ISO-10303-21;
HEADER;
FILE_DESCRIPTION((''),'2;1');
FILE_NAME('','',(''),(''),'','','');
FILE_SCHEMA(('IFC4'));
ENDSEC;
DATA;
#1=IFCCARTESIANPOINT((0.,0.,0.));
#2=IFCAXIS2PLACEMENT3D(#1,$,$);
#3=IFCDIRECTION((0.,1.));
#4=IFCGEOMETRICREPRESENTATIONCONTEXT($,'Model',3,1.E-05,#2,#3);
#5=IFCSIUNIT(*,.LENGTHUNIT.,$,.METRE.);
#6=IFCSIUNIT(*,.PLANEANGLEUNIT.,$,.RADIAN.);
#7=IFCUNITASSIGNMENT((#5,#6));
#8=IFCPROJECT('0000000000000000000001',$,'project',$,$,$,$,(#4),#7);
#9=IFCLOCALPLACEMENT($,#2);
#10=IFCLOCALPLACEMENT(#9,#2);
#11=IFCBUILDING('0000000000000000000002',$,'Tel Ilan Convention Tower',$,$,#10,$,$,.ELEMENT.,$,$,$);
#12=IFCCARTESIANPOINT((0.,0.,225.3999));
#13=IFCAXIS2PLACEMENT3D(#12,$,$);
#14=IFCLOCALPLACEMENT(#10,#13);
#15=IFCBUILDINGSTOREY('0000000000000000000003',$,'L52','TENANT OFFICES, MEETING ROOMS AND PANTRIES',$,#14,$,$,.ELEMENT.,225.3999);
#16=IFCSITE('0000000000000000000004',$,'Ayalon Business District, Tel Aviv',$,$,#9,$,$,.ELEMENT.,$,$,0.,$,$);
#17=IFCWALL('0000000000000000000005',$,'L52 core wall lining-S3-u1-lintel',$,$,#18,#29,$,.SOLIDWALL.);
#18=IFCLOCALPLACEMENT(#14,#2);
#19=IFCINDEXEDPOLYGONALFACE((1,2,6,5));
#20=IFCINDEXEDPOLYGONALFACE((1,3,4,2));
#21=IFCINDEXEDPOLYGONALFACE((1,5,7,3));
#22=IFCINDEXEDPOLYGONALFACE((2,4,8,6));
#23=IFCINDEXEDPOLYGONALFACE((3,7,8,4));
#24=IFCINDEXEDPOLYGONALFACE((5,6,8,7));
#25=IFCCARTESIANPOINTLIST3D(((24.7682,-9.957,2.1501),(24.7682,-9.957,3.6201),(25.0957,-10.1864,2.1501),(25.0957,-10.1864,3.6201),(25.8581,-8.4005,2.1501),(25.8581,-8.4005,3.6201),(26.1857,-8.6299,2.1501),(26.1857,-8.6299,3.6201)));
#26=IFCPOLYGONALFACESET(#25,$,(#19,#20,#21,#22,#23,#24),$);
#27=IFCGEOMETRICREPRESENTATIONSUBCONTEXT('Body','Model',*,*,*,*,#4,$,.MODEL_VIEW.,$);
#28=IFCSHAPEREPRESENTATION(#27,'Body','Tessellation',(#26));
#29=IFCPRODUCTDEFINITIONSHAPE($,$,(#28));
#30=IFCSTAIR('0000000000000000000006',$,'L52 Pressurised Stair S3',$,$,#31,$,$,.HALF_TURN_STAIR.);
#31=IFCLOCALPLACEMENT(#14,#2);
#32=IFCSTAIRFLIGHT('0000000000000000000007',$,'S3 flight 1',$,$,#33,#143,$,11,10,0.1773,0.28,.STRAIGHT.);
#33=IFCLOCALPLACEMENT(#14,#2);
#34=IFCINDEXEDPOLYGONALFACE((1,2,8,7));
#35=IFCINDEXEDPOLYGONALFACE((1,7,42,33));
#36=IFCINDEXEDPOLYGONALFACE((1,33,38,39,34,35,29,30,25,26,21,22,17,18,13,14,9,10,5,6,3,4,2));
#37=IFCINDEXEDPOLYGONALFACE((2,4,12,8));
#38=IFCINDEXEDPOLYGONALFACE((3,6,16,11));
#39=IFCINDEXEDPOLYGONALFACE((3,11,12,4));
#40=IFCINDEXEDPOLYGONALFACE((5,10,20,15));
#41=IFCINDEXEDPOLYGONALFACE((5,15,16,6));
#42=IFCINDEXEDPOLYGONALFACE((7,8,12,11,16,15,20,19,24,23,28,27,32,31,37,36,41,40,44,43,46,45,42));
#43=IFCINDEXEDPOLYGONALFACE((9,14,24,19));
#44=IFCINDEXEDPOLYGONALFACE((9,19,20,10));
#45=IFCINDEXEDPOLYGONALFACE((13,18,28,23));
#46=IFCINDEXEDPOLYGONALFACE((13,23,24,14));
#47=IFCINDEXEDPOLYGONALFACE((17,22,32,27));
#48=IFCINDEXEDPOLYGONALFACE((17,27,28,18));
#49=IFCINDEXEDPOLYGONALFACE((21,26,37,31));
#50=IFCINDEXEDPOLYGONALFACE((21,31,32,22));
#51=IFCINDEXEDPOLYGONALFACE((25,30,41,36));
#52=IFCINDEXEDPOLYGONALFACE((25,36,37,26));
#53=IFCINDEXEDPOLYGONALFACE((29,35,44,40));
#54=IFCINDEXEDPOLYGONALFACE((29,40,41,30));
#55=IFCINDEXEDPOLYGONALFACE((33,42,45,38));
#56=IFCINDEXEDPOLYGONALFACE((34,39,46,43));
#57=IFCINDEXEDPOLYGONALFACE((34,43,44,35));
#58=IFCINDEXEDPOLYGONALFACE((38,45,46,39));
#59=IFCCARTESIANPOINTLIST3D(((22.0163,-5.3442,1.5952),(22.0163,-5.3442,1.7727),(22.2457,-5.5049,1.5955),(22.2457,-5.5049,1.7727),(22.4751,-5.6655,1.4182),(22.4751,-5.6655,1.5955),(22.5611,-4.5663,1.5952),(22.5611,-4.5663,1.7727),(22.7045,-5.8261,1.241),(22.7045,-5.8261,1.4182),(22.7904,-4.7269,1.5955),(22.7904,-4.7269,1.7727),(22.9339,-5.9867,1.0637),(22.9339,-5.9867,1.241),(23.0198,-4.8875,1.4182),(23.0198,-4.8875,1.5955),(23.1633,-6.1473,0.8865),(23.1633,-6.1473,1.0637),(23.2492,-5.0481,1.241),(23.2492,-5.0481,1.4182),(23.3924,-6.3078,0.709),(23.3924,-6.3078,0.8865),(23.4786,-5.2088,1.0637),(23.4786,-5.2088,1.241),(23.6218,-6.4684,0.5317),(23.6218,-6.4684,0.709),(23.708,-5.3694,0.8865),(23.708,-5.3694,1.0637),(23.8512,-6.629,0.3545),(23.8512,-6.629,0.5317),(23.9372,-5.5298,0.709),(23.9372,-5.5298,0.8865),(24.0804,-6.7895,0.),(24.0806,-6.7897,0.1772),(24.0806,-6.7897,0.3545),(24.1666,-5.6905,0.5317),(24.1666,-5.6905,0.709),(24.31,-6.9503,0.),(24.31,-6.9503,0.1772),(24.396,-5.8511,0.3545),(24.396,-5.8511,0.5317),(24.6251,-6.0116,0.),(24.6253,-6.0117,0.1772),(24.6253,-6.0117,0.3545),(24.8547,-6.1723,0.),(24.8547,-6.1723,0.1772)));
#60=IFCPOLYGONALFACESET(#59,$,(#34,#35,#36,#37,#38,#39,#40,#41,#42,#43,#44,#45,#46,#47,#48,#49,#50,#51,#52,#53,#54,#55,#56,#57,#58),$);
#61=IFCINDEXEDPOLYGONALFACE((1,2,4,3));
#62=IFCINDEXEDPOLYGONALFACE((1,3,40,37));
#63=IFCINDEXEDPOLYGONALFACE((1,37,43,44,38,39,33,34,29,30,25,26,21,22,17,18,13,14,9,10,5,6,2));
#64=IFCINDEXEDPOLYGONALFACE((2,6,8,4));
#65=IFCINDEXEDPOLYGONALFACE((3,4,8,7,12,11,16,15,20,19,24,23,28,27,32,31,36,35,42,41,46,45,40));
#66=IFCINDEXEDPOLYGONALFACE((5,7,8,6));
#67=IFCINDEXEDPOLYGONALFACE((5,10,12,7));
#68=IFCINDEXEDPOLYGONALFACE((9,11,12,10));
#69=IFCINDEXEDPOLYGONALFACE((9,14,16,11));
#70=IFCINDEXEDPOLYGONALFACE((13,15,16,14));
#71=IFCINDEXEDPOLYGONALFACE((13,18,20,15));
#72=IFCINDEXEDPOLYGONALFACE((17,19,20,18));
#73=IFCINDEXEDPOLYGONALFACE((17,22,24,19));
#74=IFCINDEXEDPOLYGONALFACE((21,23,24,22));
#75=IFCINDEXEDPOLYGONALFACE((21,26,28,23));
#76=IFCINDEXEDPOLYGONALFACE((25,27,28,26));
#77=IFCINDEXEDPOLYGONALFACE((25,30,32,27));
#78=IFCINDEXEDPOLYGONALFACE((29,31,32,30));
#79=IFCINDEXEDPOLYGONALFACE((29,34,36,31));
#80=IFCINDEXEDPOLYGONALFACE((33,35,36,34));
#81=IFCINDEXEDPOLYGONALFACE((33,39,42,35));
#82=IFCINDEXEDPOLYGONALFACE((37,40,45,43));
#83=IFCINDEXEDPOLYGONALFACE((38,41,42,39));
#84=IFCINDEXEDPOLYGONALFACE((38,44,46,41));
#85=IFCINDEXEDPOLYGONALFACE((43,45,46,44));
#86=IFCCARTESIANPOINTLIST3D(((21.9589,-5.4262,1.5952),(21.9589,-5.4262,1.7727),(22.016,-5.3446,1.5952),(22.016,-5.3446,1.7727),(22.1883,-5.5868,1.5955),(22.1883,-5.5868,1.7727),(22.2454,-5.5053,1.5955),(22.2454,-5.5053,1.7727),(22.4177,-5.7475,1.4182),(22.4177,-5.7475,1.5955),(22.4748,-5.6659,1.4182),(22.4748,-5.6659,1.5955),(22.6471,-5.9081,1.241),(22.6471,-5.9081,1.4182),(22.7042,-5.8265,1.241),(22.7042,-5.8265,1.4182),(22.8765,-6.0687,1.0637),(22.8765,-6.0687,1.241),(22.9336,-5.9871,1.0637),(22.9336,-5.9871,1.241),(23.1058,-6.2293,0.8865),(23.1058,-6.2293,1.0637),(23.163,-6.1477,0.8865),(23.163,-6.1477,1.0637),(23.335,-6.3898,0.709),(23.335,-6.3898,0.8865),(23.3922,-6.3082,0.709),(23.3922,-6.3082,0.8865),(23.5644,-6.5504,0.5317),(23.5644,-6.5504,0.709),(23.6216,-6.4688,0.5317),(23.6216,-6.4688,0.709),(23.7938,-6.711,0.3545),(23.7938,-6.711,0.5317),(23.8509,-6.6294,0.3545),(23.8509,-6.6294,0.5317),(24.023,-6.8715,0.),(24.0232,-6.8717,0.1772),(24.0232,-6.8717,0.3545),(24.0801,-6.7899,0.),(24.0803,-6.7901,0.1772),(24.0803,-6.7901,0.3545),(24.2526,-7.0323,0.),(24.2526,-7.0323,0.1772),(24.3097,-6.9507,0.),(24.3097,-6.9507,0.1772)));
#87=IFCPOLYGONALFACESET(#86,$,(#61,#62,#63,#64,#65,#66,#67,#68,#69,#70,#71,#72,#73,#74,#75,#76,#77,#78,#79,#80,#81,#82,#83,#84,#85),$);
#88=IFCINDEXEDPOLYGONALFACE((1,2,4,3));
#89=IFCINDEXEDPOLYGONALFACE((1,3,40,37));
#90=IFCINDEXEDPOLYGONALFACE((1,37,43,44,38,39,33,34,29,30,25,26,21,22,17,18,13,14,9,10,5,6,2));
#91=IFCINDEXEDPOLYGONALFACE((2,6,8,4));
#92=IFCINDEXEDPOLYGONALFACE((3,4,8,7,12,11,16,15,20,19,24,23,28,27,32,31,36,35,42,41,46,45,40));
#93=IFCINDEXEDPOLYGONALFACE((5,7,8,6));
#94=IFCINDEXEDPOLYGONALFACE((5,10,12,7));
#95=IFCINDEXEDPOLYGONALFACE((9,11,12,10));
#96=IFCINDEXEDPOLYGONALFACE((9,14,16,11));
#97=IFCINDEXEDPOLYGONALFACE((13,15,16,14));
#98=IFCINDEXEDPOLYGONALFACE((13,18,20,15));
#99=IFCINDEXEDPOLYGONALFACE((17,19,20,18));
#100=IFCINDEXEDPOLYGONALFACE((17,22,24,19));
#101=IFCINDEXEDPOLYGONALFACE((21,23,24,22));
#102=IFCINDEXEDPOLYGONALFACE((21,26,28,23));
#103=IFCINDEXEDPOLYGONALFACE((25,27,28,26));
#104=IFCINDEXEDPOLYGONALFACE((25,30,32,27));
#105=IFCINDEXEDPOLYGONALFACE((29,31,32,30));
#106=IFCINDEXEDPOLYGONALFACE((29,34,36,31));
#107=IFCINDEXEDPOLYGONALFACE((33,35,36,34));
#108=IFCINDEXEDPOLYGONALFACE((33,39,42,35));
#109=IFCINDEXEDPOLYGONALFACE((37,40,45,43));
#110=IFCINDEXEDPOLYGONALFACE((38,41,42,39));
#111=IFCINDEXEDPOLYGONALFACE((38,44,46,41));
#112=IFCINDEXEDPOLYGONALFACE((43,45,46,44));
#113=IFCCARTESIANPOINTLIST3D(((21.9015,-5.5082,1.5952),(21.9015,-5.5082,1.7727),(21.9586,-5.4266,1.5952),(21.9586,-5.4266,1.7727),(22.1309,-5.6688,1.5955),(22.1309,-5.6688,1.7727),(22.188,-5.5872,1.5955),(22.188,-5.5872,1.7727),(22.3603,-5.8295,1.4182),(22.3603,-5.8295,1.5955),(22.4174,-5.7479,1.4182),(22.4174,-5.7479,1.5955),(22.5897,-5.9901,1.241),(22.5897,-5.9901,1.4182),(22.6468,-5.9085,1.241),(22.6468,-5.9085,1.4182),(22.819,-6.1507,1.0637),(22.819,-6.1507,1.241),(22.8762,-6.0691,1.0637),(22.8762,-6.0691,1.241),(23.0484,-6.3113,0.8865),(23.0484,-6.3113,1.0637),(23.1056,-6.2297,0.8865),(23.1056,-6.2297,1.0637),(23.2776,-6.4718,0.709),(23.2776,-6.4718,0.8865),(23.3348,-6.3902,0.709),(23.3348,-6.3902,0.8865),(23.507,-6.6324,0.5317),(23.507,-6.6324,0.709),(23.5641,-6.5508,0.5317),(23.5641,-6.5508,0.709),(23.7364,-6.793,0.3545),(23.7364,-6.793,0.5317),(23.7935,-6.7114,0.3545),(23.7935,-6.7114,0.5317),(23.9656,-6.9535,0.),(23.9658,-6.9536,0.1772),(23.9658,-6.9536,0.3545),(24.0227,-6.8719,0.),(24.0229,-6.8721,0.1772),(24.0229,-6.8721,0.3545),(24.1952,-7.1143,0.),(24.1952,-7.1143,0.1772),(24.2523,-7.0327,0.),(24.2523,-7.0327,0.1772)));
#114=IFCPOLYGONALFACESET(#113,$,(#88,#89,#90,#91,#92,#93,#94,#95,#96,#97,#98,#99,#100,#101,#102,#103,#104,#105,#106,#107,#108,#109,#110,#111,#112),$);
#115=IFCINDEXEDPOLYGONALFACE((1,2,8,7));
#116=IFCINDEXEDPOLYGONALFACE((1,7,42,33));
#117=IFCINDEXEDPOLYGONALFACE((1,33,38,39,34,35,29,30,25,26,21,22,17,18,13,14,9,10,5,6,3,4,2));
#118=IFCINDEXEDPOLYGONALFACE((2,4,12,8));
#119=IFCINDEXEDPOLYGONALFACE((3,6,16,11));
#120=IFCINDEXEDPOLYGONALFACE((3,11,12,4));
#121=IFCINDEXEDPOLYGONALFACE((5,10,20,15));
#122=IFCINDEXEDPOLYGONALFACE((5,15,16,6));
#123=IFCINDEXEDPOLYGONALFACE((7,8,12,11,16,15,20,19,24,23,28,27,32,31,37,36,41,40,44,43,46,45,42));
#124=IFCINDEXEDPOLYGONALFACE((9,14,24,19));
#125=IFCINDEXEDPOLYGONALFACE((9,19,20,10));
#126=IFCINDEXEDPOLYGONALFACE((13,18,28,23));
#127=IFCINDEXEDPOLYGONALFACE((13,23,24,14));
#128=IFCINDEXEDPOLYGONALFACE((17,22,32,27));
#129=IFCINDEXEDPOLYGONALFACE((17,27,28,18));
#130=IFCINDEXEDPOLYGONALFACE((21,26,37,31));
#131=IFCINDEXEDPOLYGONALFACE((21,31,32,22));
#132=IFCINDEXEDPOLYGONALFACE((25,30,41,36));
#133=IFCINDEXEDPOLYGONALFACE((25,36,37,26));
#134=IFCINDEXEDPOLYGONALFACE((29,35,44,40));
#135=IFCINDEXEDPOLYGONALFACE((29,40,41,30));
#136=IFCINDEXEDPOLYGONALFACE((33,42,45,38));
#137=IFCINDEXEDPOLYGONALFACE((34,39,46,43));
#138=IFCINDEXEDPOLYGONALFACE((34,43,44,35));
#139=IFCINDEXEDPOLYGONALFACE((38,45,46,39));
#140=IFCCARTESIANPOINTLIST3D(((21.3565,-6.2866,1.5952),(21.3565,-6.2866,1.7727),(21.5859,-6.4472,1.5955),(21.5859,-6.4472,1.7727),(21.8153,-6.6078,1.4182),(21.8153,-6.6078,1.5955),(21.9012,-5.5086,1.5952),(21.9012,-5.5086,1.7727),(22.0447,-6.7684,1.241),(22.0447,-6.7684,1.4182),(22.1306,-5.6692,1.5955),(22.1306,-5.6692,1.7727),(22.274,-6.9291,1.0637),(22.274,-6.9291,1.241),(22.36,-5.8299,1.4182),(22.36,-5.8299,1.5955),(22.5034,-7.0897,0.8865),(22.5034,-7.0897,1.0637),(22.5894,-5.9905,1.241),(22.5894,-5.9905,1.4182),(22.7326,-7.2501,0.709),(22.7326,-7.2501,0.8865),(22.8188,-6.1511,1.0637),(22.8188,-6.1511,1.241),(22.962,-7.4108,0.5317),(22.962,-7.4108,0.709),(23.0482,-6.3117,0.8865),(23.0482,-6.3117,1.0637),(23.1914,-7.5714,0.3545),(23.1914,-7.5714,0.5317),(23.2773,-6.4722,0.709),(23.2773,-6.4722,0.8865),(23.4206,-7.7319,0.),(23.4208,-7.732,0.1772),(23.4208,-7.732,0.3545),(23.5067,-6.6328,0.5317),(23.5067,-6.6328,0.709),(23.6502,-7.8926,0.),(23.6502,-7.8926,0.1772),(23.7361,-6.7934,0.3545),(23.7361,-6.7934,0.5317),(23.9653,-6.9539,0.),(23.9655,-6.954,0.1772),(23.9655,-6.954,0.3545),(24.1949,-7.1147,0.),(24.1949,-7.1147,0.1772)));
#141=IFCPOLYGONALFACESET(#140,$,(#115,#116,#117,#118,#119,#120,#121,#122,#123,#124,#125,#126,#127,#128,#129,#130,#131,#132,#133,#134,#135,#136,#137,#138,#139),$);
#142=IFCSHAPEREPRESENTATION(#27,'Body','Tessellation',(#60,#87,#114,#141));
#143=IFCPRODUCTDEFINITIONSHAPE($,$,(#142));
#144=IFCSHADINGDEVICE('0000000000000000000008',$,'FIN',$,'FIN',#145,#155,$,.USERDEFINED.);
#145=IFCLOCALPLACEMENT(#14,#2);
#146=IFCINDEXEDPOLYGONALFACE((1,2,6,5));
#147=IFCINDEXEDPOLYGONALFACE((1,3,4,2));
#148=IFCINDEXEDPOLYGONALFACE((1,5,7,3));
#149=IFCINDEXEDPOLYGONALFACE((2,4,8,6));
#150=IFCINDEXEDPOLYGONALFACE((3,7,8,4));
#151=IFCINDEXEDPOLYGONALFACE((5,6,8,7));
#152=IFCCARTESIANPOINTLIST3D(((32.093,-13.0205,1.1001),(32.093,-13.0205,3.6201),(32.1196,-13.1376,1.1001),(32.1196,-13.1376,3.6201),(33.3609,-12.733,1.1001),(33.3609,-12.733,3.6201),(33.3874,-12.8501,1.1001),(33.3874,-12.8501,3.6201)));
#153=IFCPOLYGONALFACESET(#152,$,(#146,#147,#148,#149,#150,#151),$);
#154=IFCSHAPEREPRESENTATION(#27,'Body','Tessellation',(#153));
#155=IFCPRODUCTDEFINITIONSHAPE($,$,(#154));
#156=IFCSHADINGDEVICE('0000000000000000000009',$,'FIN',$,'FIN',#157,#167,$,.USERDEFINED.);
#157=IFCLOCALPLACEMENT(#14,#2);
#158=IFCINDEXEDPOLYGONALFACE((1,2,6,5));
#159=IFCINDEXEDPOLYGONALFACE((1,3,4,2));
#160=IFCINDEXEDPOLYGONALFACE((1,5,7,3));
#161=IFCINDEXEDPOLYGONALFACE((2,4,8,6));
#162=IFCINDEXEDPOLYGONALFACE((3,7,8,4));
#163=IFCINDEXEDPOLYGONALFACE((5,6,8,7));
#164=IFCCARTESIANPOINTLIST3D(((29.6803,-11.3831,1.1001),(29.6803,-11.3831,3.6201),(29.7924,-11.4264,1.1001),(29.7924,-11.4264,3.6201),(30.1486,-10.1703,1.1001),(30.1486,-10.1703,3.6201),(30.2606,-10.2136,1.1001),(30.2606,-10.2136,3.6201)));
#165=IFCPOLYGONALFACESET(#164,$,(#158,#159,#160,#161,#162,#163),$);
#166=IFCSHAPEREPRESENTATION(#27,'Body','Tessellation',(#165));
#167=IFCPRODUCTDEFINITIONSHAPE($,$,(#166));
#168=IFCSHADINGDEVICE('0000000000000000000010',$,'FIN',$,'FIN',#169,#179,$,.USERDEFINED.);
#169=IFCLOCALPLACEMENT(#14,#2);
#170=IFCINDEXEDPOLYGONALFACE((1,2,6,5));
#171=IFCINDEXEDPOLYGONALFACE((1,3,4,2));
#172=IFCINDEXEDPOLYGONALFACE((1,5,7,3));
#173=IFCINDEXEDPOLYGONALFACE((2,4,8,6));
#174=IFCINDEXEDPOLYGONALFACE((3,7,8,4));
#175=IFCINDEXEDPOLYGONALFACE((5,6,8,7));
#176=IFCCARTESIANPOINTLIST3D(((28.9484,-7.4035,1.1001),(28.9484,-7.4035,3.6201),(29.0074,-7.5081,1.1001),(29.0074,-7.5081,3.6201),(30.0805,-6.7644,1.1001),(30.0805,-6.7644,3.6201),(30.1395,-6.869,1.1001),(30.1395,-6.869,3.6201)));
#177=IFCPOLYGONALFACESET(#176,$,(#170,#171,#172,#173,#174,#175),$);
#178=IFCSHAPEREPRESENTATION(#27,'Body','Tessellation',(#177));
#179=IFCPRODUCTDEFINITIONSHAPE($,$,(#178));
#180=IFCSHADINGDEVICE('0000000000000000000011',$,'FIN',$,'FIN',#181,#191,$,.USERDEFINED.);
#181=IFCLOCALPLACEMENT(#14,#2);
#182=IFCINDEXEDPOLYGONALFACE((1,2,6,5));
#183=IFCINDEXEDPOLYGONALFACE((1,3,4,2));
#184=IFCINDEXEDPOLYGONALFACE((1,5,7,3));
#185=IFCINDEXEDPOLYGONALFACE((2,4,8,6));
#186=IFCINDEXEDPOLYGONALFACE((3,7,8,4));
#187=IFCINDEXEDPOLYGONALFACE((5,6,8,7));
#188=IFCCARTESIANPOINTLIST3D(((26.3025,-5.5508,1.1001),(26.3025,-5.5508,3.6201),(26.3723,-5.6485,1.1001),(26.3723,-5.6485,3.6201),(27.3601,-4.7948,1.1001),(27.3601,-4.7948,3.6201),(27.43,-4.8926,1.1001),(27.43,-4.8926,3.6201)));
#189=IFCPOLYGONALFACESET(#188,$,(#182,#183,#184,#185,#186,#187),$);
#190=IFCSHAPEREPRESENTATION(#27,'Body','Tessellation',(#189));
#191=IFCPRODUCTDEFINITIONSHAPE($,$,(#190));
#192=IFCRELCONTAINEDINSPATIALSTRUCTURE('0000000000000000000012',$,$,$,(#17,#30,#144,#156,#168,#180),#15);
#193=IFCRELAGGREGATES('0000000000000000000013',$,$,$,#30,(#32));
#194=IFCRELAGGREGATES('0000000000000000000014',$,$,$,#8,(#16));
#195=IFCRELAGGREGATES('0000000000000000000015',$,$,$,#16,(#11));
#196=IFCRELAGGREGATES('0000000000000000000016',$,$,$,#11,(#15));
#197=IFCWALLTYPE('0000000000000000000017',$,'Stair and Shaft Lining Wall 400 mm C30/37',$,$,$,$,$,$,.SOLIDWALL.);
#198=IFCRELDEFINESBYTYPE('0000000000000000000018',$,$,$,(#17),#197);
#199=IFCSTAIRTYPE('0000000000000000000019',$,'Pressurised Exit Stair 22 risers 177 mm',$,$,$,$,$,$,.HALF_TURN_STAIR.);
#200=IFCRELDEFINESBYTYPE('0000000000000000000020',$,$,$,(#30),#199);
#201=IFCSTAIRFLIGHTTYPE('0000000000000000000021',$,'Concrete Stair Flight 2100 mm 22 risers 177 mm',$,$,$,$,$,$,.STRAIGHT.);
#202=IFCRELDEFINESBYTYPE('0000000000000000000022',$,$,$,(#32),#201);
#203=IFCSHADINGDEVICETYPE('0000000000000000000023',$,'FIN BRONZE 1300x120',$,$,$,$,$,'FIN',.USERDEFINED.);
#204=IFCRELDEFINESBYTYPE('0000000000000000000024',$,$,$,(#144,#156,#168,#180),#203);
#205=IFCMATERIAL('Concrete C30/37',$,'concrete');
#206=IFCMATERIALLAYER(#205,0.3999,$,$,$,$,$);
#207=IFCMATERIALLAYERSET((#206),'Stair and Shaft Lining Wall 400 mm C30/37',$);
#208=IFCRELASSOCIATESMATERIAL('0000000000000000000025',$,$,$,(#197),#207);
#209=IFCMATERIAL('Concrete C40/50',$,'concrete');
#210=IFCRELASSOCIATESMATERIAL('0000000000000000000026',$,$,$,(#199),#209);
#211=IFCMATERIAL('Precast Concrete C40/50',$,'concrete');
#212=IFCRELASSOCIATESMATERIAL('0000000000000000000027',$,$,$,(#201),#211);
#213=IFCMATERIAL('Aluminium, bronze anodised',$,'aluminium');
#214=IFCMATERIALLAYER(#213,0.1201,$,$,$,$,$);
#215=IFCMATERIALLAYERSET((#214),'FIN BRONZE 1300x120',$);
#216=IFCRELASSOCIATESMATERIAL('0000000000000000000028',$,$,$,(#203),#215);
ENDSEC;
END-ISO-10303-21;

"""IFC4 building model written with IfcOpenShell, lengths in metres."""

from ifc_helpers import new_model, si_unit, direction, frame, frame_2d, origin, origin_2d, place, context, subcontext, project, spatial, polyline, rectangle, outline, extrude, material, layer, layer_set, type_object, element, aggregate, save


model = new_model("IFC4")

# Units and contexts
model_context = context("Model", 3, precision=1e-05, world=origin(), true_north=direction((0.0, 1.0)))
body_context = subcontext(model_context, "Body", "Model", "MODEL_VIEW")
ifc_project = project(units=[si_unit("LENGTHUNIT", "METRE"), si_unit("PLANEANGLEUNIT", "RADIAN")], contexts=[model_context])

# Site, building, storey
site_placement = place(None, origin())
site = spatial("IfcSite", under=ifc_project, at=site_placement, Name="Ayalon Business District, Tel Aviv", CompositionType="ELEMENT", RefElevation=0.0)
building_placement = place(site_placement, origin())
building = spatial("IfcBuilding", under=site, at=building_placement, Name="Tel Ilan Convention Tower", CompositionType="ELEMENT")
storey_placement = place(building_placement, frame((0.0, 0.0, 225.3999)))
storey = spatial("IfcBuildingStorey", under=building, at=storey_placement, Name="L52", Description="TENANT OFFICES, MEETING ROOMS AND PANTRIES", CompositionType="ELEMENT", Elevation=225.3999)

# Wall
ifc_material_1 = material(Name="Concrete C30/37", Category="concrete")
ifc_layer_1 = layer(ifc_material_1, 0.3999)
ifc_layer_set_1 = layer_set([ifc_layer_1], Name="Stair and Shaft Lining Wall 400 mm C30/37")
wall_type = type_object("IfcWallType", Name="Stair and Shaft Lining Wall 400 mm C30/37", PredefinedType="SOLIDWALL", material=ifc_layer_set_1)
wall_1_placement = place(storey_placement, frame((24.9319, -10.0718, 2.1501), z_axis=(0.0, 0.0, 1.0), x_axis=(0.573592, 0.819141, 0.0)))
element("IfcWall", 1, at=wall_1_placement, inside=storey, type_object=wall_type, Name="L52 core wall lining-S3-u1-lintel", PredefinedType="SOLIDWALL", context=body_context, shape_type="SweptSolid", body=[
    extrude(rectangle(XDim=1.9001, YDim=0.3999, at=frame_2d((0.9502, 0.0))), origin(), (0.0, 0.0, 1.0), 1.47),
])

# Stair, stair flight
ifc_material_2 = material(Name="Concrete C40/50", Category="concrete")
stair_type = type_object("IfcStairType", Name="Pressurised Exit Stair 22 risers 177 mm", PredefinedType="HALF_TURN_STAIR", material=ifc_material_2)
stair_placement = place(storey_placement, origin())
stair = element("IfcStair", 2, at=stair_placement, inside=storey, type_object=stair_type, Name="L52 Pressurised Stair S3", PredefinedType="HALF_TURN_STAIR")
ifc_material_3 = material(Name="Precast Concrete C40/50", Category="concrete")
stair_flight_type = type_object("IfcStairFlightType", Name="Concrete Stair Flight 2100 mm 22 risers 177 mm", PredefinedType="STRAIGHT", material=ifc_material_3)
stair_flight_placement = place(storey_placement, frame((24.2524, -7.0325, 0.0), z_axis=(0.0, 0.0, 1.0), x_axis=(-0.819152, 0.573576, 0.0)))
stair_flight = element("IfcStairFlight", 3, at=stair_flight_placement, type_object=stair_flight_type, Name="S3 flight 1", NumberOfRisers=11, NumberOfTreads=10, PredefinedType="STRAIGHT", RiserHeight=0.1773, TreadLength=0.28, context=body_context, shape_type="SweptSolid", body=[
    extrude(outline(polyline([(0.0, 0.0), (0.0, 0.1772), (0.28, 0.1772), (0.28, 0.3545), (0.5601, 0.3545), (0.5601, 0.5317), (0.8401, 0.5317), (0.8401, 0.709), (1.1201, 0.709), (1.1201, 0.8865), (1.3999, 0.8865), (1.3999, 1.0637), (1.6799, 1.0637), (1.6799, 1.241), (1.96, 1.241), (1.96, 1.4182), (2.24, 1.4182), (2.24, 1.5955), (2.52, 1.5955), (2.52, 1.7727), (2.8, 1.7727), (2.8, 1.95), (2.8, 1.5952), (0.2803, 0.0), (0.0, 0.0)])), frame((0.0, -0.1003, 0.0), z_axis=(0.0, -1.0, 0.0), x_axis=(1.0, 0.0, 0.0)), (0.0, 0.0, 1.0), 0.9497),
    extrude(outline(polyline([(0.0, 0.0), (0.0, 0.1772), (0.28, 0.1772), (0.28, 0.3545), (0.5601, 0.3545), (0.5601, 0.5317), (0.8401, 0.5317), (0.8401, 0.709), (1.1201, 0.709), (1.1201, 0.8865), (1.3999, 0.8865), (1.3999, 1.0637), (1.6799, 1.0637), (1.6799, 1.241), (1.96, 1.241), (1.96, 1.4182), (2.24, 1.4182), (2.24, 1.5955), (2.52, 1.5955), (2.52, 1.7727), (2.8, 1.7727), (2.8, 1.95), (2.8, 1.5952), (0.2803, 0.0), (0.0, 0.0)])), frame((0.0, -0.0002, 0.0), z_axis=(0.0, -1.0, 0.0), x_axis=(1.0, 0.0, 0.0)), (0.0, 0.0, 1.0), 0.0996),
    extrude(outline(polyline([(0.0, 0.0), (0.0, 0.1772), (0.28, 0.1772), (0.28, 0.3545), (0.5601, 0.3545), (0.5601, 0.5317), (0.8401, 0.5317), (0.8401, 0.709), (1.1201, 0.709), (1.1201, 0.8865), (1.3999, 0.8865), (1.3999, 1.0637), (1.6799, 1.0637), (1.6799, 1.241), (1.96, 1.241), (1.96, 1.4182), (2.24, 1.4182), (2.24, 1.5955), (2.52, 1.5955), (2.52, 1.7727), (2.8, 1.7727), (2.8, 1.95), (2.8, 1.5952), (0.2803, 0.0), (0.0, 0.0)])), frame((0.0, 0.0999, 0.0), z_axis=(0.0, -1.0, 0.0), x_axis=(1.0, 0.0, 0.0)), (0.0, 0.0, 1.0), 0.0996),
    extrude(outline(polyline([(0.0, 0.0), (0.0, 0.1772), (0.28, 0.1772), (0.28, 0.3545), (0.5601, 0.3545), (0.5601, 0.5317), (0.8401, 0.5317), (0.8401, 0.709), (1.1201, 0.709), (1.1201, 0.8865), (1.3999, 0.8865), (1.3999, 1.0637), (1.6799, 1.0637), (1.6799, 1.241), (1.96, 1.241), (1.96, 1.4182), (2.24, 1.4182), (2.24, 1.5955), (2.52, 1.5955), (2.52, 1.7727), (2.8, 1.7727), (2.8, 1.95), (2.8, 1.5952), (0.2803, 0.0), (0.0, 0.0)])), frame((0.0, 1.05, 0.0), z_axis=(0.0, -1.0, 0.0), x_axis=(1.0, 0.0, 0.0)), (0.0, 0.0, 1.0), 0.9497),
])
aggregate(stair, [stair_flight])

# Shading devices
ifc_material_4 = material(Name="Aluminium, bronze anodised", Category="aluminium")
ifc_layer_2 = layer(ifc_material_4, 0.1201)
ifc_layer_set_2 = layer_set([ifc_layer_2], Name="FIN BRONZE 1300x120")
shading_device_type = type_object("IfcShadingDeviceType", Name="FIN BRONZE 1300x120", ElementType="FIN", PredefinedType="USERDEFINED", material=ifc_layer_set_2)
for number, where, z_axis, x_axis, name in (
    (4, (32.7402, -12.9353, 1.1001), (0.0, 0.0, 1.0), (0.975235, 0.22117, 0.0), "FIN"),
    (5, (29.9705, -10.7983, 1.1001), (0.0, 0.0, 1.0), (0.360178, 0.932884, 0.0), "FIN"),
    (6, (29.5439, -7.1362, 1.1001), (0.0, 0.0, 1.0), (0.870833, 0.491579, 0.0), "FIN"),
    (7, (26.8662, -5.2217, 1.1001), (0.0, 0.0, 1.0), (0.813552, 0.581492, 0.0), "FIN"),
):
    element("IfcShadingDevice", number, at=place(storey_placement, frame(where, z_axis=z_axis, x_axis=x_axis)), inside=storey, type_object=shading_device_type, Name=name, ObjectType="FIN", PredefinedType="USERDEFINED", context=body_context, shape_type="SweptSolid", body=[
        extrude(rectangle(XDim=1.3, YDim=0.1201, at=origin_2d()), origin(), (0.0, 0.0, 1.0), 2.52),
    ])

save(model, "model.ifc")
